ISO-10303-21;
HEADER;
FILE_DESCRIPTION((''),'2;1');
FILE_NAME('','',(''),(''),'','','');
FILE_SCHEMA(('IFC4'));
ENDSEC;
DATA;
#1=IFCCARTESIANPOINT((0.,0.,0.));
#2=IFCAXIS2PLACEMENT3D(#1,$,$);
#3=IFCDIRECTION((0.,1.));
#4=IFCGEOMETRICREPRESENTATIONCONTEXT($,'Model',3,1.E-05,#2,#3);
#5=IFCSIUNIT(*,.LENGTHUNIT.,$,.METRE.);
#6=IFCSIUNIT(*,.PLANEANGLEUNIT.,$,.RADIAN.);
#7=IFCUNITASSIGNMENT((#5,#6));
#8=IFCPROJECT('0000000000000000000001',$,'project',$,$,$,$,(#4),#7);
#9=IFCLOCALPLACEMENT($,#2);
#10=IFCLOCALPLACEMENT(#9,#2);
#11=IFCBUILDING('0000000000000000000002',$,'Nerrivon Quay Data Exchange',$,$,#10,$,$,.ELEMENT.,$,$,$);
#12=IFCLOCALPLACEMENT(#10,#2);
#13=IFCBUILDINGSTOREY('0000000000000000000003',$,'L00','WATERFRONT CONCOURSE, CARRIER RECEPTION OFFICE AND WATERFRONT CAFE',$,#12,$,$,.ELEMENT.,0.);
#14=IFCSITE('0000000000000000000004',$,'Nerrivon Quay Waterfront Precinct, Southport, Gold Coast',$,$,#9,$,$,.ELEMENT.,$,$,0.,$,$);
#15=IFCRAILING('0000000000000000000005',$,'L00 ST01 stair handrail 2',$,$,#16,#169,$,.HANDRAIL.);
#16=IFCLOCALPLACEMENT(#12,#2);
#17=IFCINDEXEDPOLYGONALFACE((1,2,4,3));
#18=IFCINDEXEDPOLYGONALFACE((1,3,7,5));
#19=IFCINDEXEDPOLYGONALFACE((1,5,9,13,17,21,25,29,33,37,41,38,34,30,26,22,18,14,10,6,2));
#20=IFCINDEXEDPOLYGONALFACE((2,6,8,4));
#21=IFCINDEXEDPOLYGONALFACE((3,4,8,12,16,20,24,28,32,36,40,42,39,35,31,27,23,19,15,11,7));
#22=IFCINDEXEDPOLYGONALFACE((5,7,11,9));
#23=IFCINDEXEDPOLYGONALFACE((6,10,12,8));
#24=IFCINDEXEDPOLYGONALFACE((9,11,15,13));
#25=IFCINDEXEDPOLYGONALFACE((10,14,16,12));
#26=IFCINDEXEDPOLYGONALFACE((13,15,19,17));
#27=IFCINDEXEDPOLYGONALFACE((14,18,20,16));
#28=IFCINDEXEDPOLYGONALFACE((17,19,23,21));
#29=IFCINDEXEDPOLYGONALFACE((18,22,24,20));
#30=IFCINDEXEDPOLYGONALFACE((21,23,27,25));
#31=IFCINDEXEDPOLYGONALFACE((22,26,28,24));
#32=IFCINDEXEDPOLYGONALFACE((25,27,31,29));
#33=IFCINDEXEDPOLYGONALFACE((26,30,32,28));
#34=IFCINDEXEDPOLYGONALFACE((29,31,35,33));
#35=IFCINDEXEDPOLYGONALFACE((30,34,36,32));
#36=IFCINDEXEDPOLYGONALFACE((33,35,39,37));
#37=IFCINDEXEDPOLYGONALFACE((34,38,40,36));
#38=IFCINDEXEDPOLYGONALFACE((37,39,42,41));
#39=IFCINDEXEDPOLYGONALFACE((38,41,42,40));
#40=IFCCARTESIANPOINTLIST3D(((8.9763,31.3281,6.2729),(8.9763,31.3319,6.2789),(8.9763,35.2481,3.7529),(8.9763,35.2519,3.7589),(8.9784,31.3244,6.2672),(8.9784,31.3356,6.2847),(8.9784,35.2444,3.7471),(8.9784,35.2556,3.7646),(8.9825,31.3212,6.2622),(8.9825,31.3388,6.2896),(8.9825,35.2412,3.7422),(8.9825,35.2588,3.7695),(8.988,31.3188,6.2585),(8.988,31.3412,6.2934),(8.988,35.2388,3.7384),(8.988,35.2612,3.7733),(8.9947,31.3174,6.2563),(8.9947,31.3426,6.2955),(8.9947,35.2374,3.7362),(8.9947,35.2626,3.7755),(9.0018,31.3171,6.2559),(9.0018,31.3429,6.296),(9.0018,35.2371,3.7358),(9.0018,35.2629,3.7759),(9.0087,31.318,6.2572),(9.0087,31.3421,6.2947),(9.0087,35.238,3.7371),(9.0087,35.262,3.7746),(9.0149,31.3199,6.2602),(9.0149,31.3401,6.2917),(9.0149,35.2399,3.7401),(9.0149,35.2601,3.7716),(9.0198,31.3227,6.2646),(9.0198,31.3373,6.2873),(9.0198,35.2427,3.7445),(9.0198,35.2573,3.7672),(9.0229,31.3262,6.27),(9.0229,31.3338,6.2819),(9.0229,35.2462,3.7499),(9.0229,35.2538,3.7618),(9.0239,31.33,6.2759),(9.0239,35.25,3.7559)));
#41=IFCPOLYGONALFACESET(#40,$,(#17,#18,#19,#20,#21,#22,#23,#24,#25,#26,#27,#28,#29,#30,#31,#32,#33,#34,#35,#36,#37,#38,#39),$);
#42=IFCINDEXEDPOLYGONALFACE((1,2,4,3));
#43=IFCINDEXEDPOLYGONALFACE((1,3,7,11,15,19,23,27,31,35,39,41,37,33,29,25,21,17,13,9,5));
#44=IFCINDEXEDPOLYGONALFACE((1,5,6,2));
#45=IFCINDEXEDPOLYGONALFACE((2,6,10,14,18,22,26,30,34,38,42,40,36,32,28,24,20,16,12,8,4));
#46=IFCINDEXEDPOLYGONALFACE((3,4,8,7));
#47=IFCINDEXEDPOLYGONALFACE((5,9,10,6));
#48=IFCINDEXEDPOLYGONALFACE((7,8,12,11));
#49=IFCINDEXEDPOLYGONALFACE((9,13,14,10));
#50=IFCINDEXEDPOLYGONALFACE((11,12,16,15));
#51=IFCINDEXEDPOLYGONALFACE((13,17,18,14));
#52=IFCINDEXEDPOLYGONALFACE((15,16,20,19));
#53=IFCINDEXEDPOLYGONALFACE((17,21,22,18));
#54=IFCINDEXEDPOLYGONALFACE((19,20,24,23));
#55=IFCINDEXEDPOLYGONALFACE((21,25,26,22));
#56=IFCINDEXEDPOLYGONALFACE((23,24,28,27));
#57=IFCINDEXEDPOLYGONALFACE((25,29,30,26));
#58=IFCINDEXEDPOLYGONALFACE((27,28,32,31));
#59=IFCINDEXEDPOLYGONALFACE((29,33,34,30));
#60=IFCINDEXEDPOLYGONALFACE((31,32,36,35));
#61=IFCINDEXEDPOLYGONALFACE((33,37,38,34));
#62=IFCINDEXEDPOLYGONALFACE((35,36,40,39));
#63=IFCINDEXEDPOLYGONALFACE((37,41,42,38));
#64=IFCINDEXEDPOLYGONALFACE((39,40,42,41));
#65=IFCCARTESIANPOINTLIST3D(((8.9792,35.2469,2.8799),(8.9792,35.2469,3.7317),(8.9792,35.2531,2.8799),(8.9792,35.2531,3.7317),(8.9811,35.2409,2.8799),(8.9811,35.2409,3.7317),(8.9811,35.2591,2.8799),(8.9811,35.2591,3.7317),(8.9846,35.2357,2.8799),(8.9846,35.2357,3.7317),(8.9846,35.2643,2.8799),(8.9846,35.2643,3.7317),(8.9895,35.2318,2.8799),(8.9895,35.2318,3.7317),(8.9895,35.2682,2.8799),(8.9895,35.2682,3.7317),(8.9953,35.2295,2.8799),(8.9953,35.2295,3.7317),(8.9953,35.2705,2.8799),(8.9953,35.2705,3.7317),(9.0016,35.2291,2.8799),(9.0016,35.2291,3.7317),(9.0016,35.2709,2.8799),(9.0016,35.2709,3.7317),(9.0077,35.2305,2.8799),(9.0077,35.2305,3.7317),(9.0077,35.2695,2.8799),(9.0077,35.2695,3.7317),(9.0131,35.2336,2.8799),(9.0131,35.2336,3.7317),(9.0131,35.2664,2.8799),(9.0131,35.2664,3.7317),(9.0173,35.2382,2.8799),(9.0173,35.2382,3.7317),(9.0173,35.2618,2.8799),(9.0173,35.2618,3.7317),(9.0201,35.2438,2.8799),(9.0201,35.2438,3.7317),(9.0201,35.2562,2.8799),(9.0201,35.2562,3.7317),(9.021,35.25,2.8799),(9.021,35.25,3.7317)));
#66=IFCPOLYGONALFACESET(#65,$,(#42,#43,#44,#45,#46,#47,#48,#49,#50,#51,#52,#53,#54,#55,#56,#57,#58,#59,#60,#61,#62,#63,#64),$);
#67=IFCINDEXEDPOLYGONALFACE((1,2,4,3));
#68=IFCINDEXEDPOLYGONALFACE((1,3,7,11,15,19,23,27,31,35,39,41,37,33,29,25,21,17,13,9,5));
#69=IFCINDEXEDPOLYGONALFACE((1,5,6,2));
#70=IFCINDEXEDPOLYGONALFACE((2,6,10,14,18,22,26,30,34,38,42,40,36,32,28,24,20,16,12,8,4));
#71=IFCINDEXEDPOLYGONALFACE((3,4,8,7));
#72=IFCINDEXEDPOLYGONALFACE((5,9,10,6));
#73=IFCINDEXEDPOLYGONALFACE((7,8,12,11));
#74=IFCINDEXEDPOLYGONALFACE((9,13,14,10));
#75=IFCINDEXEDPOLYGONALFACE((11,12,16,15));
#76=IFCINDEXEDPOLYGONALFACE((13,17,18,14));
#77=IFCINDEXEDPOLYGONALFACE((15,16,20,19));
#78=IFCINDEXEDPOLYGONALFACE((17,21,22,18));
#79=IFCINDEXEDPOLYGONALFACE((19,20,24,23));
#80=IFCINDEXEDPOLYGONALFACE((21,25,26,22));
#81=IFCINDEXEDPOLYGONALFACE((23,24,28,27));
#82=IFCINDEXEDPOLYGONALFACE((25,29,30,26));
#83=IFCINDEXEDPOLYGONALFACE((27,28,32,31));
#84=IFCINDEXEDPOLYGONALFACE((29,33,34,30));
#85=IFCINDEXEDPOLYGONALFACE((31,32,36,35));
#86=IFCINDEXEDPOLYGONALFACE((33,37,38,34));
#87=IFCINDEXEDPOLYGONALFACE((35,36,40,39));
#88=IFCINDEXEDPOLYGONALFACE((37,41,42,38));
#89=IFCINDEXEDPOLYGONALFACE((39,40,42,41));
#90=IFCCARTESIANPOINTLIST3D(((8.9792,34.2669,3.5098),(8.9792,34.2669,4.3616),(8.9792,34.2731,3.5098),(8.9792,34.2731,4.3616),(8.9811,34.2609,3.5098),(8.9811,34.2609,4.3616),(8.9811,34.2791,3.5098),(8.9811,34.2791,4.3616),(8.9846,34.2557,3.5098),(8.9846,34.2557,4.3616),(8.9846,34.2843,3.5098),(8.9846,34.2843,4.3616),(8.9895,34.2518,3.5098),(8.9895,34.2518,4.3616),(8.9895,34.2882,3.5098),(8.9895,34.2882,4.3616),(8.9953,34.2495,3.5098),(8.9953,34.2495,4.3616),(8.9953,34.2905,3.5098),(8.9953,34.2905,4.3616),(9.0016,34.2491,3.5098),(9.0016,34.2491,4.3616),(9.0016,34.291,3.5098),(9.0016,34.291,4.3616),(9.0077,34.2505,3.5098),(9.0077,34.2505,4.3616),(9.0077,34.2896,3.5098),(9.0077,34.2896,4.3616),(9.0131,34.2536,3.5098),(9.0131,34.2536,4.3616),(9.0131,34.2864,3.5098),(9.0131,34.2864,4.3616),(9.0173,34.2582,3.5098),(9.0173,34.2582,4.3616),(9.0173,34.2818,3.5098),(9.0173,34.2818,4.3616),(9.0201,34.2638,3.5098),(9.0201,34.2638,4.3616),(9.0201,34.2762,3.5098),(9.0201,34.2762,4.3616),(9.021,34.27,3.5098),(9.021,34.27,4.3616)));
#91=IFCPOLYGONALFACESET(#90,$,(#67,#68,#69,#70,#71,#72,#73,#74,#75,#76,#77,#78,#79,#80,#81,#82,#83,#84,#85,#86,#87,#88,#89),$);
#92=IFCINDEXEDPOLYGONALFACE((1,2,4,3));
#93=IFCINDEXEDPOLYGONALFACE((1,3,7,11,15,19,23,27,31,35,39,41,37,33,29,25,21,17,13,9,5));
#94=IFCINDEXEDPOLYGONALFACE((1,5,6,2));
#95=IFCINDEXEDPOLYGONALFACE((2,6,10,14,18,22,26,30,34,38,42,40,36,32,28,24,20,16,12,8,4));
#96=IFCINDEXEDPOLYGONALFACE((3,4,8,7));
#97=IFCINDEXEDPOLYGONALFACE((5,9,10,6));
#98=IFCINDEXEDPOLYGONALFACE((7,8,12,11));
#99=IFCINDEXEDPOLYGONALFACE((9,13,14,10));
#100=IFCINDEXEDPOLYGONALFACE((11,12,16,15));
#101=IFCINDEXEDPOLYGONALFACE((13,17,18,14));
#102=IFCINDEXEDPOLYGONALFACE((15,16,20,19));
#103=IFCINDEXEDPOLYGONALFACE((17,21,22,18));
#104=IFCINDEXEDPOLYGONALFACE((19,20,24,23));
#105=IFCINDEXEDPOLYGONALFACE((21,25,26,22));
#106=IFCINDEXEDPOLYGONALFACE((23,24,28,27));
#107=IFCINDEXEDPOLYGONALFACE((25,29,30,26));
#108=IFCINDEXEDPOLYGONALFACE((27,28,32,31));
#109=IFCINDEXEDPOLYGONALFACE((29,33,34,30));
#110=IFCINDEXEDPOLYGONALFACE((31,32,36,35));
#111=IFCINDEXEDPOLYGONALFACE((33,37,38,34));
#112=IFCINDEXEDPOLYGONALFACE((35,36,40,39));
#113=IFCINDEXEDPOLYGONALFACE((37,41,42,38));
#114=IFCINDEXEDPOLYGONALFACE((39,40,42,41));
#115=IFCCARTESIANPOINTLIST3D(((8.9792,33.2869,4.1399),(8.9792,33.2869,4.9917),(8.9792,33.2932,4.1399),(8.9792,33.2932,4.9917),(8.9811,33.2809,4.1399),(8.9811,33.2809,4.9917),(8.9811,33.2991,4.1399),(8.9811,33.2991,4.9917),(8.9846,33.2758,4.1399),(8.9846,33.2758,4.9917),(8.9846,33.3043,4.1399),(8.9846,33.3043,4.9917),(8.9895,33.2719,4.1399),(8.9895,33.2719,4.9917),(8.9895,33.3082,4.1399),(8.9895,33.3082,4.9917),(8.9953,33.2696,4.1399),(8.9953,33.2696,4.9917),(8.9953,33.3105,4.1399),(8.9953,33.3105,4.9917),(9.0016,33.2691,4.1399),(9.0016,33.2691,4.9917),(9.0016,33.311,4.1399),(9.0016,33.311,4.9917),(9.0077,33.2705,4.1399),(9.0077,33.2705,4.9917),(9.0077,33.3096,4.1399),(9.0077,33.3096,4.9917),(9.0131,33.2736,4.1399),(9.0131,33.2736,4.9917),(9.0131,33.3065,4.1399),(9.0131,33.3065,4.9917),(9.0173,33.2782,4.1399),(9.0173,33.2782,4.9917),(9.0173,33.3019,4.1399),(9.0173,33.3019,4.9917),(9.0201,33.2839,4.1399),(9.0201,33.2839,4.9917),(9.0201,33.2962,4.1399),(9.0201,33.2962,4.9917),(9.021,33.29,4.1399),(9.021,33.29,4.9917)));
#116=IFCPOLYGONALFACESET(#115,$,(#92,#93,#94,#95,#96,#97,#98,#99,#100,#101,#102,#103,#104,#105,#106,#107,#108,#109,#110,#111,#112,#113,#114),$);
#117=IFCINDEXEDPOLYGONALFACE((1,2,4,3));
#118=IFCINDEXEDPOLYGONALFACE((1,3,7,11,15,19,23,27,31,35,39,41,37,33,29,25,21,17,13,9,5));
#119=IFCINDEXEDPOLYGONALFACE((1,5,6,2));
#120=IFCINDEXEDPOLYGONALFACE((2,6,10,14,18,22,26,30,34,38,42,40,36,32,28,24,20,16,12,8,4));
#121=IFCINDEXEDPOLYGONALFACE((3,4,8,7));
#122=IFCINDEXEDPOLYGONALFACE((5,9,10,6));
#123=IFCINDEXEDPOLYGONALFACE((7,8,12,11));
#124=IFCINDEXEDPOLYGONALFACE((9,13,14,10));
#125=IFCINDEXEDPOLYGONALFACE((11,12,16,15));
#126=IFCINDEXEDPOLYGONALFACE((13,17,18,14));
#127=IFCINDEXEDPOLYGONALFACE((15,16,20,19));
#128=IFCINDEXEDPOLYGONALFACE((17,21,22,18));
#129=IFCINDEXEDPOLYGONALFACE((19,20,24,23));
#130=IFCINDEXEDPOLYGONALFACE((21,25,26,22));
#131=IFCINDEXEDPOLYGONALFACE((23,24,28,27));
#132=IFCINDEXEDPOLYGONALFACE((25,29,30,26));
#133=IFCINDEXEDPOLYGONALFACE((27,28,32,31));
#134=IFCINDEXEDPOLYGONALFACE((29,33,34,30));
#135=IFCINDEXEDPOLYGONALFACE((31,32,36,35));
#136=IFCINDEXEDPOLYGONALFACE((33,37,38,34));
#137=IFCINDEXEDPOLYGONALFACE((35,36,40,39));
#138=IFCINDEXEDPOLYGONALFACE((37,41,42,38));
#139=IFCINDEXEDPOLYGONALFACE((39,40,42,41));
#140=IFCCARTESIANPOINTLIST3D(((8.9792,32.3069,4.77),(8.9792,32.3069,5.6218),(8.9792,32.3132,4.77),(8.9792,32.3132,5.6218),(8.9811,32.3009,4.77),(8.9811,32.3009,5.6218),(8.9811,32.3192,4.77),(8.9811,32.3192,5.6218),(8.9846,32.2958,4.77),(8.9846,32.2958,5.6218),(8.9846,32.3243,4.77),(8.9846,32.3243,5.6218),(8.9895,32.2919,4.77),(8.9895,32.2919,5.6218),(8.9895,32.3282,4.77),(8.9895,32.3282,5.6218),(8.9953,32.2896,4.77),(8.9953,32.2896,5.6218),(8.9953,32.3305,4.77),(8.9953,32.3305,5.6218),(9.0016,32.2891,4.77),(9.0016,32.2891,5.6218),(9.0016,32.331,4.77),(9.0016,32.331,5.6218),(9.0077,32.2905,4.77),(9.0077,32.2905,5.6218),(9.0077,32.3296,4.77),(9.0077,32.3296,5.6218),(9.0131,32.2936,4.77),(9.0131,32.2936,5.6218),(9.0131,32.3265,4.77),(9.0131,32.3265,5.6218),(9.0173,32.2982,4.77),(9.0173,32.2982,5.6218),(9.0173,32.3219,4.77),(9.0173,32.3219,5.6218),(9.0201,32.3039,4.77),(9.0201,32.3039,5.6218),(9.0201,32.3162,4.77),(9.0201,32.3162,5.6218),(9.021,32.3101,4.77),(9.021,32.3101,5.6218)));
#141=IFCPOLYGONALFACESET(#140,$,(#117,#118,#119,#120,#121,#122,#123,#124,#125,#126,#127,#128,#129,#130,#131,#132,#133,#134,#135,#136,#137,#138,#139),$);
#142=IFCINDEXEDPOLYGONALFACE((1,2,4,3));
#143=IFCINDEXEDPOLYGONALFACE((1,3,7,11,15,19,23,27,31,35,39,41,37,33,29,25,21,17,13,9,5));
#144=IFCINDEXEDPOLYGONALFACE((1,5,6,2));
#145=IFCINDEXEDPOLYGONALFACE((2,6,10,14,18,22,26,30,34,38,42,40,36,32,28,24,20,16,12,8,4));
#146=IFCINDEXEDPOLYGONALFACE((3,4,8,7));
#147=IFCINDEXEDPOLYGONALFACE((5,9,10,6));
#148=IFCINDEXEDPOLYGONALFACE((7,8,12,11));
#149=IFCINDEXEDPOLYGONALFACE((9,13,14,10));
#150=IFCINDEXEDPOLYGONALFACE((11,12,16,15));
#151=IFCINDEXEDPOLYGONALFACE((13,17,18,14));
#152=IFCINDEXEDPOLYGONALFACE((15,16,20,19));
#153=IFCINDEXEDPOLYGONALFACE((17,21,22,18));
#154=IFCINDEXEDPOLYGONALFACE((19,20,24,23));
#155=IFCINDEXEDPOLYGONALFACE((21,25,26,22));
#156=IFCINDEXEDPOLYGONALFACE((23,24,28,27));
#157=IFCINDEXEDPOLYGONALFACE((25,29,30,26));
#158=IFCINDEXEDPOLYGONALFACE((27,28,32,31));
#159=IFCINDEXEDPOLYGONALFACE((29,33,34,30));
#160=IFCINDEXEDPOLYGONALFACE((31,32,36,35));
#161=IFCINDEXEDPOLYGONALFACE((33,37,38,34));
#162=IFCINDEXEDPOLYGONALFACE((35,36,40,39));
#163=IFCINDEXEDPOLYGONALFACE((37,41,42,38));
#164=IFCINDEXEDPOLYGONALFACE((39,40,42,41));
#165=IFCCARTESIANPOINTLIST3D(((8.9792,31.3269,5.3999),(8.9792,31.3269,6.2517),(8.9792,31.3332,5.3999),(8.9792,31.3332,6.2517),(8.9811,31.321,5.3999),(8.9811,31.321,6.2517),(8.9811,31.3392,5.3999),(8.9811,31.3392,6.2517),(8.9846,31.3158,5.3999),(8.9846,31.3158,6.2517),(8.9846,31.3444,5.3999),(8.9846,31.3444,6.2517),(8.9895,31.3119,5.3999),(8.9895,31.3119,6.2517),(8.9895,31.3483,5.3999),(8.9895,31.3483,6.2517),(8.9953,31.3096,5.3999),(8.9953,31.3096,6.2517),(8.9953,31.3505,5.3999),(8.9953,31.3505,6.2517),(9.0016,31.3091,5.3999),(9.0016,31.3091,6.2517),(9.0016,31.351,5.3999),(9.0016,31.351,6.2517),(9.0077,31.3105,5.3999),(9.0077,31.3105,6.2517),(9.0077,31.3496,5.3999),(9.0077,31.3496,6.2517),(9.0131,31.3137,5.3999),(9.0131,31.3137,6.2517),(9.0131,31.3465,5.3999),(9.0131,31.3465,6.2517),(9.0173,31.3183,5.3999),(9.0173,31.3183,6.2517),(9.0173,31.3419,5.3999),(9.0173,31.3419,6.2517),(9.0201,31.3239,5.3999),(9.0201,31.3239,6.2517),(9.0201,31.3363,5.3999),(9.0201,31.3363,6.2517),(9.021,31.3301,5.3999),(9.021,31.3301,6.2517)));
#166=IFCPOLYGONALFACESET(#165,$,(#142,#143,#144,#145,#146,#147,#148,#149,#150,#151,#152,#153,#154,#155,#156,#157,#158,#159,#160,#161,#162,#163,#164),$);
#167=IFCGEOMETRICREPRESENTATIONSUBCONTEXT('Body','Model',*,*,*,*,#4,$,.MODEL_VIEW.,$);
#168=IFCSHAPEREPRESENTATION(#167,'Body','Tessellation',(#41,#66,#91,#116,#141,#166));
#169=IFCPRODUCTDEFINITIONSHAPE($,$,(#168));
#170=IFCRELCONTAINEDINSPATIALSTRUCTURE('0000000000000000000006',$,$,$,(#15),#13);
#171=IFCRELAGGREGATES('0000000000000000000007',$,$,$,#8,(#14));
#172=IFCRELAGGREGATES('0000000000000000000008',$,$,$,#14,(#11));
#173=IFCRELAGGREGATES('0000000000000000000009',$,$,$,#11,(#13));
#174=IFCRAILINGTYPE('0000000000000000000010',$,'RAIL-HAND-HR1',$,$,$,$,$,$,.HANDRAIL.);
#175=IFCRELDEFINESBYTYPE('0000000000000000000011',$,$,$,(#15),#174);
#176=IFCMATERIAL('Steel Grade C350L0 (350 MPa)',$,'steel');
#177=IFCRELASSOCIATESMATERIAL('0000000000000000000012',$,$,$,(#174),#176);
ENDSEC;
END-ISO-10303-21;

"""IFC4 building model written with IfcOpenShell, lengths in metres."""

from ifc_helpers import new_model, si_unit, direction, frame, origin, origin_2d, place, context, subcontext, project, spatial, circle, extrude, material, type_object, element, save


model = new_model("IFC4")

# Units and contexts
model_context = context("Model", 3, precision=1e-05, world=origin(), true_north=direction((0.0, 1.0)))
body_context = subcontext(model_context, "Body", "Model", "MODEL_VIEW")
ifc_project = project(units=[si_unit("LENGTHUNIT", "METRE"), si_unit("PLANEANGLEUNIT", "RADIAN")], contexts=[model_context])

# Site, building, storey
site_placement = place(None, origin())
site = spatial("IfcSite", under=ifc_project, at=site_placement, Name="Nerrivon Quay Waterfront Precinct, Southport, Gold Coast", CompositionType="ELEMENT", RefElevation=0.0)
building_placement = place(site_placement, origin())
building = spatial("IfcBuilding", under=site, at=building_placement, Name="Nerrivon Quay Data Exchange", CompositionType="ELEMENT")
storey_placement = place(building_placement, origin())
storey = spatial("IfcBuildingStorey", under=building, at=storey_placement, Name="L00", Description="WATERFRONT CONCOURSE, CARRIER RECEPTION OFFICE AND WATERFRONT CAFE", CompositionType="ELEMENT", Elevation=0.0)

# Railing
ifc_material_1 = material(Name="Steel Grade C350L0 (350 MPa)", Category="steel")
railing_type_1 = type_object("IfcRailingType", Name="RAIL-HAND-HR1", PredefinedType="HANDRAIL", material=ifc_material_1)
railing_1_placement = place(storey_placement, frame((9.0, 35.25, 2.8799)))
element("IfcRailing", 1, at=railing_1_placement, inside=storey, type_object=railing_type_1, Name="L00 ST01 stair handrail 2", PredefinedType="HANDRAIL", context=body_context, shape_type="SweptSolid", body=[
    extrude(circle(Radius=0.0239, at=origin_2d()), frame((0.0, 0.0, 0.876), z_axis=(0.0, -0.841172, 0.540768), x_axis=(1.0, 0.0, 0.0)), (0.0, 0.0, 1.0), 4.6602),
    extrude(circle(Radius=0.021, at=origin_2d()), origin(), (0.0, 0.0, 1.0), 0.8518),
    extrude(circle(Radius=0.021, at=origin_2d()), frame((0.0, -0.98, 0.6299)), (0.0, 0.0, 1.0), 0.8518),
    extrude(circle(Radius=0.021, at=origin_2d()), frame((0.0, -1.96, 1.26)), (0.0, 0.0, 1.0), 0.8518),
    extrude(circle(Radius=0.021, at=origin_2d()), frame((0.0, -2.9399, 1.8901)), (0.0, 0.0, 1.0), 0.8518),
    extrude(circle(Radius=0.021, at=origin_2d()), frame((0.0, -3.9199, 2.52)), (0.0, 0.0, 1.0), 0.8518),
])

save(model, "model.ifc")
